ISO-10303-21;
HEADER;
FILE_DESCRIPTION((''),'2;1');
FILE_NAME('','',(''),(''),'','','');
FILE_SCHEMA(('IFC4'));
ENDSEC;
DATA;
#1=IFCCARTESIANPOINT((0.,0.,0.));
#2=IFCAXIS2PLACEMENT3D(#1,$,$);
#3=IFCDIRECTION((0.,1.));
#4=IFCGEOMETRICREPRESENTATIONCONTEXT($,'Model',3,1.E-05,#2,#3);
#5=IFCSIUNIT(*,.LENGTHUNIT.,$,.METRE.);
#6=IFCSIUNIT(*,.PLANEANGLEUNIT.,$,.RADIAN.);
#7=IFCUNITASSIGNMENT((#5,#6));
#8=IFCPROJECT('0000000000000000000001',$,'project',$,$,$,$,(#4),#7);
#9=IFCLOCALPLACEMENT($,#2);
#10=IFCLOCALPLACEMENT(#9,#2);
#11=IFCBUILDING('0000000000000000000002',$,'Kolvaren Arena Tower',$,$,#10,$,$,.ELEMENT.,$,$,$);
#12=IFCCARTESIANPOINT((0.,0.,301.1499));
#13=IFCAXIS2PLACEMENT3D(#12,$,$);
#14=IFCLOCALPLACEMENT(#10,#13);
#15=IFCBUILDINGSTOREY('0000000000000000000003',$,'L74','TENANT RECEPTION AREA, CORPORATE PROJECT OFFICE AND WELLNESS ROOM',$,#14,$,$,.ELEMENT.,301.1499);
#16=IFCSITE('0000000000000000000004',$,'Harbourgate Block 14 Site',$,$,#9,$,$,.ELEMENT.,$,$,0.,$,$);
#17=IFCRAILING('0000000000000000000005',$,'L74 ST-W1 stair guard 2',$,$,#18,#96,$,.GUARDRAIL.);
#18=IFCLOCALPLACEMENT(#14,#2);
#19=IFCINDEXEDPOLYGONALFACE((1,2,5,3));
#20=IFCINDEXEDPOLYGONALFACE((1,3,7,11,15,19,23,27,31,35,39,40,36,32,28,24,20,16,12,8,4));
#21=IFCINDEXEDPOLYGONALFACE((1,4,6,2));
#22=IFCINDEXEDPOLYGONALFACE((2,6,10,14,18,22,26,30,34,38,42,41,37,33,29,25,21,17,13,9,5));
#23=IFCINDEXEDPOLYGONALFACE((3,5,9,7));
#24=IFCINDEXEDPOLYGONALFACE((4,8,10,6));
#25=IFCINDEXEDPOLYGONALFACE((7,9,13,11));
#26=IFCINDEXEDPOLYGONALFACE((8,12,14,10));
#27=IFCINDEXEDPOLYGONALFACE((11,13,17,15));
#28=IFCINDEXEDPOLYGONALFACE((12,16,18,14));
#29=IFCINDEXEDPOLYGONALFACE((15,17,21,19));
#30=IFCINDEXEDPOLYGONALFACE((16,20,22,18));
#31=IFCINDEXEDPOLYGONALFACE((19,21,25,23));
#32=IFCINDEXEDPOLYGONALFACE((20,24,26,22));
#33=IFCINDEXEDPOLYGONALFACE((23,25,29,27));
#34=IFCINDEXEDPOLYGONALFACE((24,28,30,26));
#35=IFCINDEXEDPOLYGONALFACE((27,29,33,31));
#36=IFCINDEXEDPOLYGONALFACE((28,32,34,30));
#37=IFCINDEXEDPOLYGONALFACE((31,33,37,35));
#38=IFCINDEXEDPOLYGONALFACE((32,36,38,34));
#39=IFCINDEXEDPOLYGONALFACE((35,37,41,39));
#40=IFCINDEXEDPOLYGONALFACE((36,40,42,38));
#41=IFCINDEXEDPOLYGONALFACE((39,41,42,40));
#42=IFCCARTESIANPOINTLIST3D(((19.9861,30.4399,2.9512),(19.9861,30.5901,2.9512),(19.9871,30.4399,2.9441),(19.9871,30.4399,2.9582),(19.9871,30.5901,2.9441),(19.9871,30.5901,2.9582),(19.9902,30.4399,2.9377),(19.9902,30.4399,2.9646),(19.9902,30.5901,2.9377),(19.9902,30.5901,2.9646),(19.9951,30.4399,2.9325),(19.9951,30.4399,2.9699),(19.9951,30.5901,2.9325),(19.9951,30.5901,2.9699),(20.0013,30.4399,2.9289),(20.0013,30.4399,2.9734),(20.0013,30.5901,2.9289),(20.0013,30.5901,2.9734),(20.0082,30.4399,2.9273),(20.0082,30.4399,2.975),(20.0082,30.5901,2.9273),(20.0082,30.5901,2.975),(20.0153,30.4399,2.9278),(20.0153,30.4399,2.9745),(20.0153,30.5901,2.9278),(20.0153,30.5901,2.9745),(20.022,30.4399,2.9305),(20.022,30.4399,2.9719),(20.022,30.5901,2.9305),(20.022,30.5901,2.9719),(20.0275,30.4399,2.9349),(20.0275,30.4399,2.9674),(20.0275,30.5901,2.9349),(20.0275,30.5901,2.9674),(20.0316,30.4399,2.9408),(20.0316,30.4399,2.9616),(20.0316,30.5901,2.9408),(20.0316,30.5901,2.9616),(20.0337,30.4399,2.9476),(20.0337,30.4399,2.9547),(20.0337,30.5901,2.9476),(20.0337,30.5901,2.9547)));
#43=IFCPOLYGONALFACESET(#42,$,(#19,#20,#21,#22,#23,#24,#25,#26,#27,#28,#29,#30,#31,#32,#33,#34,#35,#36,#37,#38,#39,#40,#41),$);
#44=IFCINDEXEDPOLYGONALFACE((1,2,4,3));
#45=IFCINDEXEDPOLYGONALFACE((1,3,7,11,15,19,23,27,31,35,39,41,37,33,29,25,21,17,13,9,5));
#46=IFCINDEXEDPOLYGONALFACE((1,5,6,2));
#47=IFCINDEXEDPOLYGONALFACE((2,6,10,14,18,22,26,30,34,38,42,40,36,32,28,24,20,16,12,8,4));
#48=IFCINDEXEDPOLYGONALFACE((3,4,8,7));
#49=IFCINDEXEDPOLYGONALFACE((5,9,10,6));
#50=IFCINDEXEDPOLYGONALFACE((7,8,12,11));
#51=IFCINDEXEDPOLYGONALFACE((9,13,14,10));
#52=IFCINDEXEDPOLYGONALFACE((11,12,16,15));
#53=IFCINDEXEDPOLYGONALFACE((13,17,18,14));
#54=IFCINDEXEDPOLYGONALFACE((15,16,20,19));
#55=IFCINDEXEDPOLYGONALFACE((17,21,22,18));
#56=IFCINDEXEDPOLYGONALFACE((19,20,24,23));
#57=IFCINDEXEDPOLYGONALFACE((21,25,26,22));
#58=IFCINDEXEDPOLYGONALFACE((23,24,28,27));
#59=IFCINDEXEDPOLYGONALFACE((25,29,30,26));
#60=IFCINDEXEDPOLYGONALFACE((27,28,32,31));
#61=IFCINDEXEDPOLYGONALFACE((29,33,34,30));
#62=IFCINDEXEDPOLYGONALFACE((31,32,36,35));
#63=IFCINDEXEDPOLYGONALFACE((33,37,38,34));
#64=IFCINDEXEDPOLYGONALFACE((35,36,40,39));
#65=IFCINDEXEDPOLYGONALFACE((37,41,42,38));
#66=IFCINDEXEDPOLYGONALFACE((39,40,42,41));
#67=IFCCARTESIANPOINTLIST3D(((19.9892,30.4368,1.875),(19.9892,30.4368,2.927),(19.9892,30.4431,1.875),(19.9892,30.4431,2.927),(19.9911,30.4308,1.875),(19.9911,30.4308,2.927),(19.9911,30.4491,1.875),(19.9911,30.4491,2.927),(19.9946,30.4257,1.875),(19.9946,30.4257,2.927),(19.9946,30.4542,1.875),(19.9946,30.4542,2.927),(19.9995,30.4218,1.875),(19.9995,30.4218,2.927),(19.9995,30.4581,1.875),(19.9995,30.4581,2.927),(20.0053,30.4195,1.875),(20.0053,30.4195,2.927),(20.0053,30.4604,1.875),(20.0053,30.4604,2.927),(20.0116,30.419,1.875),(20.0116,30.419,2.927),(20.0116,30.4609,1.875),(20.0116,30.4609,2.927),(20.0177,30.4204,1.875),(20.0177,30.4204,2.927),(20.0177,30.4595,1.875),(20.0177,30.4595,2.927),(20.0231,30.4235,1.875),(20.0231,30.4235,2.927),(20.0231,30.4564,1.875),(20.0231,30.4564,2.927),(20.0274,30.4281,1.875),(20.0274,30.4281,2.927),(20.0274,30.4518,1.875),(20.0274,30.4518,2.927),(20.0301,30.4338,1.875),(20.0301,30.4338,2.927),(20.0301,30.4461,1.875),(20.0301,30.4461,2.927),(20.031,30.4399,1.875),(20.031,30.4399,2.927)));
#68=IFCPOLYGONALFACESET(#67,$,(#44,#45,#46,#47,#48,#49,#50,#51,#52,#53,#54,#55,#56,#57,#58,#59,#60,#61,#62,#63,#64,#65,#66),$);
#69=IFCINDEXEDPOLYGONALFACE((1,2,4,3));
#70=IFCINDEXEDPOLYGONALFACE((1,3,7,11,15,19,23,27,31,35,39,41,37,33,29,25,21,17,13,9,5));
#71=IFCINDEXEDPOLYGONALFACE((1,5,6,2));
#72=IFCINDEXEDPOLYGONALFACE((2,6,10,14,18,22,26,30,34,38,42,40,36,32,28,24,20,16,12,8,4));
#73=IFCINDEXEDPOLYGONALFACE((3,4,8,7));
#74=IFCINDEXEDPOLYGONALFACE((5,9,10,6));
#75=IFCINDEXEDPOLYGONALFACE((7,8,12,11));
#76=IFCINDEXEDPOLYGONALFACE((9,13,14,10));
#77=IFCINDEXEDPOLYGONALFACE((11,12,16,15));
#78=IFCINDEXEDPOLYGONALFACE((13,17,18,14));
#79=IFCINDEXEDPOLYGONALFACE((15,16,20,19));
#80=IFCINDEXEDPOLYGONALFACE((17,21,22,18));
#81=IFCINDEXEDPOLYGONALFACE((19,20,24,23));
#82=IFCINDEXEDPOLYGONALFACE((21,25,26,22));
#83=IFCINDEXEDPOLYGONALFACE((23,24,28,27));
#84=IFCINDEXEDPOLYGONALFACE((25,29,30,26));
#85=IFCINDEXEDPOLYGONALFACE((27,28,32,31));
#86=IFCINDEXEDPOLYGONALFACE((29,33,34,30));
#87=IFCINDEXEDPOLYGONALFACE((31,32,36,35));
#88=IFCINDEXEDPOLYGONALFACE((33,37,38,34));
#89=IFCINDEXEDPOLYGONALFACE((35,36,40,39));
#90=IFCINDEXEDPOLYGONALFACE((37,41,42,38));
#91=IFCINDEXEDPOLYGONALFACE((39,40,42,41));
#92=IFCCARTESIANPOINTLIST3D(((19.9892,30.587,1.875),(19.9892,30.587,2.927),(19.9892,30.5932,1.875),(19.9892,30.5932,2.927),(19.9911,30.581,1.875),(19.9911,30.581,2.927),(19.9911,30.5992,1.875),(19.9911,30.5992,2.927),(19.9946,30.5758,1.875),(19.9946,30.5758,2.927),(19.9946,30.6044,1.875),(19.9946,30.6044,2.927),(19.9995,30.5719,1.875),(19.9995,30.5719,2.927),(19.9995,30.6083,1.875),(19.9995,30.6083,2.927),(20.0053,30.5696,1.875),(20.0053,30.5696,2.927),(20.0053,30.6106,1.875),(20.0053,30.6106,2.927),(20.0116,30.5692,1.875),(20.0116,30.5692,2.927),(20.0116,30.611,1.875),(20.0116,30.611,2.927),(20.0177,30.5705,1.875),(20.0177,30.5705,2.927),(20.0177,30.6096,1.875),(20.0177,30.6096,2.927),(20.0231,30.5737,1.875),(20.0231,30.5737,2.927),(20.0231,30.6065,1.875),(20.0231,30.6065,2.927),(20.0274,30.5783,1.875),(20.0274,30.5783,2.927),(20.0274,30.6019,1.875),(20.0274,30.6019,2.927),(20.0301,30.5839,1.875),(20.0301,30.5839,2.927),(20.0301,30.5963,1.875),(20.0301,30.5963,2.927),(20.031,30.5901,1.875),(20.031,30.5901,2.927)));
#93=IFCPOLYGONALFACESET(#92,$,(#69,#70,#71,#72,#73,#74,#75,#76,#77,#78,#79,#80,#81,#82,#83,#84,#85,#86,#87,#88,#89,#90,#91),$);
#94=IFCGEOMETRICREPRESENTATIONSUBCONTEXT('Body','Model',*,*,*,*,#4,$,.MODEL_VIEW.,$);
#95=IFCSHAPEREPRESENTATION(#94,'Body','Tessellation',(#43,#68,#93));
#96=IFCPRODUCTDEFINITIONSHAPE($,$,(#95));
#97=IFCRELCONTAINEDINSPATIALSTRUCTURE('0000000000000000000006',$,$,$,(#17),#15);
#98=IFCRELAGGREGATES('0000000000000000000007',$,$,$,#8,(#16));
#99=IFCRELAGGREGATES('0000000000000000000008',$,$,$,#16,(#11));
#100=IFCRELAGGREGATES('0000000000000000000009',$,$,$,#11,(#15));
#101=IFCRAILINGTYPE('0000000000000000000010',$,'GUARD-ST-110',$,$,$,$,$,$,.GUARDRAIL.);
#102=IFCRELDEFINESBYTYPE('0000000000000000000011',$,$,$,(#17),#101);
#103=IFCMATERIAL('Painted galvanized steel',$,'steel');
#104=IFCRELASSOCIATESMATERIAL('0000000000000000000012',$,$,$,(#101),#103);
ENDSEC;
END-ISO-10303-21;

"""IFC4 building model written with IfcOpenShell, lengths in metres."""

from ifc_helpers import new_model, si_unit, direction, frame, origin, origin_2d, place, context, subcontext, project, spatial, circle, extrude, material, type_object, element, save


model = new_model("IFC4")

# Units and contexts
model_context = context("Model", 3, precision=1e-05, world=origin(), true_north=direction((0.0, 1.0)))
body_context = subcontext(model_context, "Body", "Model", "MODEL_VIEW")
ifc_project = project(units=[si_unit("LENGTHUNIT", "METRE"), si_unit("PLANEANGLEUNIT", "RADIAN")], contexts=[model_context])

# Site, building, storey
site_placement = place(None, origin())
site = spatial("IfcSite", under=ifc_project, at=site_placement, Name="Harbourgate Block 14 Site", CompositionType="ELEMENT", RefElevation=0.0)
building_placement = place(site_placement, origin())
building = spatial("IfcBuilding", under=site, at=building_placement, Name="Kolvaren Arena Tower", CompositionType="ELEMENT")
storey_placement = place(building_placement, frame((0.0, 0.0, 301.1499)))
storey = spatial("IfcBuildingStorey", under=building, at=storey_placement, Name="L74", Description="TENANT RECEPTION AREA, CORPORATE PROJECT OFFICE AND WELLNESS ROOM", CompositionType="ELEMENT", Elevation=301.1499)

# Railing
ifc_material_1 = material(Name="Painted galvanized steel", Category="steel")
railing_type_1 = type_object("IfcRailingType", Name="GUARD-ST-110", PredefinedType="GUARDRAIL", material=ifc_material_1)
railing_1_placement = place(storey_placement, frame((20.01, 30.4399, 1.875)))
element("IfcRailing", 1, at=railing_1_placement, inside=storey, type_object=railing_type_1, Name="L74 ST-W1 stair guard 2", PredefinedType="GUARDRAIL", context=body_context, shape_type="SweptSolid", body=[
    extrude(circle(Radius=0.0239, at=origin_2d()), frame((0.0, 0.0, 1.0762), z_axis=(0.0, 1.0, 0.0), x_axis=(-1.0, 0.0, 0.0)), (0.0, 0.0, 1.0), 0.1501),
    extrude(circle(Radius=0.021, at=origin_2d()), origin(), (0.0, 0.0, 1.0), 1.052),
    extrude(circle(Radius=0.021, at=origin_2d()), frame((0.0, 0.1501, 0.0)), (0.0, 0.0, 1.0), 1.052),
])

save(model, "model.ifc")
